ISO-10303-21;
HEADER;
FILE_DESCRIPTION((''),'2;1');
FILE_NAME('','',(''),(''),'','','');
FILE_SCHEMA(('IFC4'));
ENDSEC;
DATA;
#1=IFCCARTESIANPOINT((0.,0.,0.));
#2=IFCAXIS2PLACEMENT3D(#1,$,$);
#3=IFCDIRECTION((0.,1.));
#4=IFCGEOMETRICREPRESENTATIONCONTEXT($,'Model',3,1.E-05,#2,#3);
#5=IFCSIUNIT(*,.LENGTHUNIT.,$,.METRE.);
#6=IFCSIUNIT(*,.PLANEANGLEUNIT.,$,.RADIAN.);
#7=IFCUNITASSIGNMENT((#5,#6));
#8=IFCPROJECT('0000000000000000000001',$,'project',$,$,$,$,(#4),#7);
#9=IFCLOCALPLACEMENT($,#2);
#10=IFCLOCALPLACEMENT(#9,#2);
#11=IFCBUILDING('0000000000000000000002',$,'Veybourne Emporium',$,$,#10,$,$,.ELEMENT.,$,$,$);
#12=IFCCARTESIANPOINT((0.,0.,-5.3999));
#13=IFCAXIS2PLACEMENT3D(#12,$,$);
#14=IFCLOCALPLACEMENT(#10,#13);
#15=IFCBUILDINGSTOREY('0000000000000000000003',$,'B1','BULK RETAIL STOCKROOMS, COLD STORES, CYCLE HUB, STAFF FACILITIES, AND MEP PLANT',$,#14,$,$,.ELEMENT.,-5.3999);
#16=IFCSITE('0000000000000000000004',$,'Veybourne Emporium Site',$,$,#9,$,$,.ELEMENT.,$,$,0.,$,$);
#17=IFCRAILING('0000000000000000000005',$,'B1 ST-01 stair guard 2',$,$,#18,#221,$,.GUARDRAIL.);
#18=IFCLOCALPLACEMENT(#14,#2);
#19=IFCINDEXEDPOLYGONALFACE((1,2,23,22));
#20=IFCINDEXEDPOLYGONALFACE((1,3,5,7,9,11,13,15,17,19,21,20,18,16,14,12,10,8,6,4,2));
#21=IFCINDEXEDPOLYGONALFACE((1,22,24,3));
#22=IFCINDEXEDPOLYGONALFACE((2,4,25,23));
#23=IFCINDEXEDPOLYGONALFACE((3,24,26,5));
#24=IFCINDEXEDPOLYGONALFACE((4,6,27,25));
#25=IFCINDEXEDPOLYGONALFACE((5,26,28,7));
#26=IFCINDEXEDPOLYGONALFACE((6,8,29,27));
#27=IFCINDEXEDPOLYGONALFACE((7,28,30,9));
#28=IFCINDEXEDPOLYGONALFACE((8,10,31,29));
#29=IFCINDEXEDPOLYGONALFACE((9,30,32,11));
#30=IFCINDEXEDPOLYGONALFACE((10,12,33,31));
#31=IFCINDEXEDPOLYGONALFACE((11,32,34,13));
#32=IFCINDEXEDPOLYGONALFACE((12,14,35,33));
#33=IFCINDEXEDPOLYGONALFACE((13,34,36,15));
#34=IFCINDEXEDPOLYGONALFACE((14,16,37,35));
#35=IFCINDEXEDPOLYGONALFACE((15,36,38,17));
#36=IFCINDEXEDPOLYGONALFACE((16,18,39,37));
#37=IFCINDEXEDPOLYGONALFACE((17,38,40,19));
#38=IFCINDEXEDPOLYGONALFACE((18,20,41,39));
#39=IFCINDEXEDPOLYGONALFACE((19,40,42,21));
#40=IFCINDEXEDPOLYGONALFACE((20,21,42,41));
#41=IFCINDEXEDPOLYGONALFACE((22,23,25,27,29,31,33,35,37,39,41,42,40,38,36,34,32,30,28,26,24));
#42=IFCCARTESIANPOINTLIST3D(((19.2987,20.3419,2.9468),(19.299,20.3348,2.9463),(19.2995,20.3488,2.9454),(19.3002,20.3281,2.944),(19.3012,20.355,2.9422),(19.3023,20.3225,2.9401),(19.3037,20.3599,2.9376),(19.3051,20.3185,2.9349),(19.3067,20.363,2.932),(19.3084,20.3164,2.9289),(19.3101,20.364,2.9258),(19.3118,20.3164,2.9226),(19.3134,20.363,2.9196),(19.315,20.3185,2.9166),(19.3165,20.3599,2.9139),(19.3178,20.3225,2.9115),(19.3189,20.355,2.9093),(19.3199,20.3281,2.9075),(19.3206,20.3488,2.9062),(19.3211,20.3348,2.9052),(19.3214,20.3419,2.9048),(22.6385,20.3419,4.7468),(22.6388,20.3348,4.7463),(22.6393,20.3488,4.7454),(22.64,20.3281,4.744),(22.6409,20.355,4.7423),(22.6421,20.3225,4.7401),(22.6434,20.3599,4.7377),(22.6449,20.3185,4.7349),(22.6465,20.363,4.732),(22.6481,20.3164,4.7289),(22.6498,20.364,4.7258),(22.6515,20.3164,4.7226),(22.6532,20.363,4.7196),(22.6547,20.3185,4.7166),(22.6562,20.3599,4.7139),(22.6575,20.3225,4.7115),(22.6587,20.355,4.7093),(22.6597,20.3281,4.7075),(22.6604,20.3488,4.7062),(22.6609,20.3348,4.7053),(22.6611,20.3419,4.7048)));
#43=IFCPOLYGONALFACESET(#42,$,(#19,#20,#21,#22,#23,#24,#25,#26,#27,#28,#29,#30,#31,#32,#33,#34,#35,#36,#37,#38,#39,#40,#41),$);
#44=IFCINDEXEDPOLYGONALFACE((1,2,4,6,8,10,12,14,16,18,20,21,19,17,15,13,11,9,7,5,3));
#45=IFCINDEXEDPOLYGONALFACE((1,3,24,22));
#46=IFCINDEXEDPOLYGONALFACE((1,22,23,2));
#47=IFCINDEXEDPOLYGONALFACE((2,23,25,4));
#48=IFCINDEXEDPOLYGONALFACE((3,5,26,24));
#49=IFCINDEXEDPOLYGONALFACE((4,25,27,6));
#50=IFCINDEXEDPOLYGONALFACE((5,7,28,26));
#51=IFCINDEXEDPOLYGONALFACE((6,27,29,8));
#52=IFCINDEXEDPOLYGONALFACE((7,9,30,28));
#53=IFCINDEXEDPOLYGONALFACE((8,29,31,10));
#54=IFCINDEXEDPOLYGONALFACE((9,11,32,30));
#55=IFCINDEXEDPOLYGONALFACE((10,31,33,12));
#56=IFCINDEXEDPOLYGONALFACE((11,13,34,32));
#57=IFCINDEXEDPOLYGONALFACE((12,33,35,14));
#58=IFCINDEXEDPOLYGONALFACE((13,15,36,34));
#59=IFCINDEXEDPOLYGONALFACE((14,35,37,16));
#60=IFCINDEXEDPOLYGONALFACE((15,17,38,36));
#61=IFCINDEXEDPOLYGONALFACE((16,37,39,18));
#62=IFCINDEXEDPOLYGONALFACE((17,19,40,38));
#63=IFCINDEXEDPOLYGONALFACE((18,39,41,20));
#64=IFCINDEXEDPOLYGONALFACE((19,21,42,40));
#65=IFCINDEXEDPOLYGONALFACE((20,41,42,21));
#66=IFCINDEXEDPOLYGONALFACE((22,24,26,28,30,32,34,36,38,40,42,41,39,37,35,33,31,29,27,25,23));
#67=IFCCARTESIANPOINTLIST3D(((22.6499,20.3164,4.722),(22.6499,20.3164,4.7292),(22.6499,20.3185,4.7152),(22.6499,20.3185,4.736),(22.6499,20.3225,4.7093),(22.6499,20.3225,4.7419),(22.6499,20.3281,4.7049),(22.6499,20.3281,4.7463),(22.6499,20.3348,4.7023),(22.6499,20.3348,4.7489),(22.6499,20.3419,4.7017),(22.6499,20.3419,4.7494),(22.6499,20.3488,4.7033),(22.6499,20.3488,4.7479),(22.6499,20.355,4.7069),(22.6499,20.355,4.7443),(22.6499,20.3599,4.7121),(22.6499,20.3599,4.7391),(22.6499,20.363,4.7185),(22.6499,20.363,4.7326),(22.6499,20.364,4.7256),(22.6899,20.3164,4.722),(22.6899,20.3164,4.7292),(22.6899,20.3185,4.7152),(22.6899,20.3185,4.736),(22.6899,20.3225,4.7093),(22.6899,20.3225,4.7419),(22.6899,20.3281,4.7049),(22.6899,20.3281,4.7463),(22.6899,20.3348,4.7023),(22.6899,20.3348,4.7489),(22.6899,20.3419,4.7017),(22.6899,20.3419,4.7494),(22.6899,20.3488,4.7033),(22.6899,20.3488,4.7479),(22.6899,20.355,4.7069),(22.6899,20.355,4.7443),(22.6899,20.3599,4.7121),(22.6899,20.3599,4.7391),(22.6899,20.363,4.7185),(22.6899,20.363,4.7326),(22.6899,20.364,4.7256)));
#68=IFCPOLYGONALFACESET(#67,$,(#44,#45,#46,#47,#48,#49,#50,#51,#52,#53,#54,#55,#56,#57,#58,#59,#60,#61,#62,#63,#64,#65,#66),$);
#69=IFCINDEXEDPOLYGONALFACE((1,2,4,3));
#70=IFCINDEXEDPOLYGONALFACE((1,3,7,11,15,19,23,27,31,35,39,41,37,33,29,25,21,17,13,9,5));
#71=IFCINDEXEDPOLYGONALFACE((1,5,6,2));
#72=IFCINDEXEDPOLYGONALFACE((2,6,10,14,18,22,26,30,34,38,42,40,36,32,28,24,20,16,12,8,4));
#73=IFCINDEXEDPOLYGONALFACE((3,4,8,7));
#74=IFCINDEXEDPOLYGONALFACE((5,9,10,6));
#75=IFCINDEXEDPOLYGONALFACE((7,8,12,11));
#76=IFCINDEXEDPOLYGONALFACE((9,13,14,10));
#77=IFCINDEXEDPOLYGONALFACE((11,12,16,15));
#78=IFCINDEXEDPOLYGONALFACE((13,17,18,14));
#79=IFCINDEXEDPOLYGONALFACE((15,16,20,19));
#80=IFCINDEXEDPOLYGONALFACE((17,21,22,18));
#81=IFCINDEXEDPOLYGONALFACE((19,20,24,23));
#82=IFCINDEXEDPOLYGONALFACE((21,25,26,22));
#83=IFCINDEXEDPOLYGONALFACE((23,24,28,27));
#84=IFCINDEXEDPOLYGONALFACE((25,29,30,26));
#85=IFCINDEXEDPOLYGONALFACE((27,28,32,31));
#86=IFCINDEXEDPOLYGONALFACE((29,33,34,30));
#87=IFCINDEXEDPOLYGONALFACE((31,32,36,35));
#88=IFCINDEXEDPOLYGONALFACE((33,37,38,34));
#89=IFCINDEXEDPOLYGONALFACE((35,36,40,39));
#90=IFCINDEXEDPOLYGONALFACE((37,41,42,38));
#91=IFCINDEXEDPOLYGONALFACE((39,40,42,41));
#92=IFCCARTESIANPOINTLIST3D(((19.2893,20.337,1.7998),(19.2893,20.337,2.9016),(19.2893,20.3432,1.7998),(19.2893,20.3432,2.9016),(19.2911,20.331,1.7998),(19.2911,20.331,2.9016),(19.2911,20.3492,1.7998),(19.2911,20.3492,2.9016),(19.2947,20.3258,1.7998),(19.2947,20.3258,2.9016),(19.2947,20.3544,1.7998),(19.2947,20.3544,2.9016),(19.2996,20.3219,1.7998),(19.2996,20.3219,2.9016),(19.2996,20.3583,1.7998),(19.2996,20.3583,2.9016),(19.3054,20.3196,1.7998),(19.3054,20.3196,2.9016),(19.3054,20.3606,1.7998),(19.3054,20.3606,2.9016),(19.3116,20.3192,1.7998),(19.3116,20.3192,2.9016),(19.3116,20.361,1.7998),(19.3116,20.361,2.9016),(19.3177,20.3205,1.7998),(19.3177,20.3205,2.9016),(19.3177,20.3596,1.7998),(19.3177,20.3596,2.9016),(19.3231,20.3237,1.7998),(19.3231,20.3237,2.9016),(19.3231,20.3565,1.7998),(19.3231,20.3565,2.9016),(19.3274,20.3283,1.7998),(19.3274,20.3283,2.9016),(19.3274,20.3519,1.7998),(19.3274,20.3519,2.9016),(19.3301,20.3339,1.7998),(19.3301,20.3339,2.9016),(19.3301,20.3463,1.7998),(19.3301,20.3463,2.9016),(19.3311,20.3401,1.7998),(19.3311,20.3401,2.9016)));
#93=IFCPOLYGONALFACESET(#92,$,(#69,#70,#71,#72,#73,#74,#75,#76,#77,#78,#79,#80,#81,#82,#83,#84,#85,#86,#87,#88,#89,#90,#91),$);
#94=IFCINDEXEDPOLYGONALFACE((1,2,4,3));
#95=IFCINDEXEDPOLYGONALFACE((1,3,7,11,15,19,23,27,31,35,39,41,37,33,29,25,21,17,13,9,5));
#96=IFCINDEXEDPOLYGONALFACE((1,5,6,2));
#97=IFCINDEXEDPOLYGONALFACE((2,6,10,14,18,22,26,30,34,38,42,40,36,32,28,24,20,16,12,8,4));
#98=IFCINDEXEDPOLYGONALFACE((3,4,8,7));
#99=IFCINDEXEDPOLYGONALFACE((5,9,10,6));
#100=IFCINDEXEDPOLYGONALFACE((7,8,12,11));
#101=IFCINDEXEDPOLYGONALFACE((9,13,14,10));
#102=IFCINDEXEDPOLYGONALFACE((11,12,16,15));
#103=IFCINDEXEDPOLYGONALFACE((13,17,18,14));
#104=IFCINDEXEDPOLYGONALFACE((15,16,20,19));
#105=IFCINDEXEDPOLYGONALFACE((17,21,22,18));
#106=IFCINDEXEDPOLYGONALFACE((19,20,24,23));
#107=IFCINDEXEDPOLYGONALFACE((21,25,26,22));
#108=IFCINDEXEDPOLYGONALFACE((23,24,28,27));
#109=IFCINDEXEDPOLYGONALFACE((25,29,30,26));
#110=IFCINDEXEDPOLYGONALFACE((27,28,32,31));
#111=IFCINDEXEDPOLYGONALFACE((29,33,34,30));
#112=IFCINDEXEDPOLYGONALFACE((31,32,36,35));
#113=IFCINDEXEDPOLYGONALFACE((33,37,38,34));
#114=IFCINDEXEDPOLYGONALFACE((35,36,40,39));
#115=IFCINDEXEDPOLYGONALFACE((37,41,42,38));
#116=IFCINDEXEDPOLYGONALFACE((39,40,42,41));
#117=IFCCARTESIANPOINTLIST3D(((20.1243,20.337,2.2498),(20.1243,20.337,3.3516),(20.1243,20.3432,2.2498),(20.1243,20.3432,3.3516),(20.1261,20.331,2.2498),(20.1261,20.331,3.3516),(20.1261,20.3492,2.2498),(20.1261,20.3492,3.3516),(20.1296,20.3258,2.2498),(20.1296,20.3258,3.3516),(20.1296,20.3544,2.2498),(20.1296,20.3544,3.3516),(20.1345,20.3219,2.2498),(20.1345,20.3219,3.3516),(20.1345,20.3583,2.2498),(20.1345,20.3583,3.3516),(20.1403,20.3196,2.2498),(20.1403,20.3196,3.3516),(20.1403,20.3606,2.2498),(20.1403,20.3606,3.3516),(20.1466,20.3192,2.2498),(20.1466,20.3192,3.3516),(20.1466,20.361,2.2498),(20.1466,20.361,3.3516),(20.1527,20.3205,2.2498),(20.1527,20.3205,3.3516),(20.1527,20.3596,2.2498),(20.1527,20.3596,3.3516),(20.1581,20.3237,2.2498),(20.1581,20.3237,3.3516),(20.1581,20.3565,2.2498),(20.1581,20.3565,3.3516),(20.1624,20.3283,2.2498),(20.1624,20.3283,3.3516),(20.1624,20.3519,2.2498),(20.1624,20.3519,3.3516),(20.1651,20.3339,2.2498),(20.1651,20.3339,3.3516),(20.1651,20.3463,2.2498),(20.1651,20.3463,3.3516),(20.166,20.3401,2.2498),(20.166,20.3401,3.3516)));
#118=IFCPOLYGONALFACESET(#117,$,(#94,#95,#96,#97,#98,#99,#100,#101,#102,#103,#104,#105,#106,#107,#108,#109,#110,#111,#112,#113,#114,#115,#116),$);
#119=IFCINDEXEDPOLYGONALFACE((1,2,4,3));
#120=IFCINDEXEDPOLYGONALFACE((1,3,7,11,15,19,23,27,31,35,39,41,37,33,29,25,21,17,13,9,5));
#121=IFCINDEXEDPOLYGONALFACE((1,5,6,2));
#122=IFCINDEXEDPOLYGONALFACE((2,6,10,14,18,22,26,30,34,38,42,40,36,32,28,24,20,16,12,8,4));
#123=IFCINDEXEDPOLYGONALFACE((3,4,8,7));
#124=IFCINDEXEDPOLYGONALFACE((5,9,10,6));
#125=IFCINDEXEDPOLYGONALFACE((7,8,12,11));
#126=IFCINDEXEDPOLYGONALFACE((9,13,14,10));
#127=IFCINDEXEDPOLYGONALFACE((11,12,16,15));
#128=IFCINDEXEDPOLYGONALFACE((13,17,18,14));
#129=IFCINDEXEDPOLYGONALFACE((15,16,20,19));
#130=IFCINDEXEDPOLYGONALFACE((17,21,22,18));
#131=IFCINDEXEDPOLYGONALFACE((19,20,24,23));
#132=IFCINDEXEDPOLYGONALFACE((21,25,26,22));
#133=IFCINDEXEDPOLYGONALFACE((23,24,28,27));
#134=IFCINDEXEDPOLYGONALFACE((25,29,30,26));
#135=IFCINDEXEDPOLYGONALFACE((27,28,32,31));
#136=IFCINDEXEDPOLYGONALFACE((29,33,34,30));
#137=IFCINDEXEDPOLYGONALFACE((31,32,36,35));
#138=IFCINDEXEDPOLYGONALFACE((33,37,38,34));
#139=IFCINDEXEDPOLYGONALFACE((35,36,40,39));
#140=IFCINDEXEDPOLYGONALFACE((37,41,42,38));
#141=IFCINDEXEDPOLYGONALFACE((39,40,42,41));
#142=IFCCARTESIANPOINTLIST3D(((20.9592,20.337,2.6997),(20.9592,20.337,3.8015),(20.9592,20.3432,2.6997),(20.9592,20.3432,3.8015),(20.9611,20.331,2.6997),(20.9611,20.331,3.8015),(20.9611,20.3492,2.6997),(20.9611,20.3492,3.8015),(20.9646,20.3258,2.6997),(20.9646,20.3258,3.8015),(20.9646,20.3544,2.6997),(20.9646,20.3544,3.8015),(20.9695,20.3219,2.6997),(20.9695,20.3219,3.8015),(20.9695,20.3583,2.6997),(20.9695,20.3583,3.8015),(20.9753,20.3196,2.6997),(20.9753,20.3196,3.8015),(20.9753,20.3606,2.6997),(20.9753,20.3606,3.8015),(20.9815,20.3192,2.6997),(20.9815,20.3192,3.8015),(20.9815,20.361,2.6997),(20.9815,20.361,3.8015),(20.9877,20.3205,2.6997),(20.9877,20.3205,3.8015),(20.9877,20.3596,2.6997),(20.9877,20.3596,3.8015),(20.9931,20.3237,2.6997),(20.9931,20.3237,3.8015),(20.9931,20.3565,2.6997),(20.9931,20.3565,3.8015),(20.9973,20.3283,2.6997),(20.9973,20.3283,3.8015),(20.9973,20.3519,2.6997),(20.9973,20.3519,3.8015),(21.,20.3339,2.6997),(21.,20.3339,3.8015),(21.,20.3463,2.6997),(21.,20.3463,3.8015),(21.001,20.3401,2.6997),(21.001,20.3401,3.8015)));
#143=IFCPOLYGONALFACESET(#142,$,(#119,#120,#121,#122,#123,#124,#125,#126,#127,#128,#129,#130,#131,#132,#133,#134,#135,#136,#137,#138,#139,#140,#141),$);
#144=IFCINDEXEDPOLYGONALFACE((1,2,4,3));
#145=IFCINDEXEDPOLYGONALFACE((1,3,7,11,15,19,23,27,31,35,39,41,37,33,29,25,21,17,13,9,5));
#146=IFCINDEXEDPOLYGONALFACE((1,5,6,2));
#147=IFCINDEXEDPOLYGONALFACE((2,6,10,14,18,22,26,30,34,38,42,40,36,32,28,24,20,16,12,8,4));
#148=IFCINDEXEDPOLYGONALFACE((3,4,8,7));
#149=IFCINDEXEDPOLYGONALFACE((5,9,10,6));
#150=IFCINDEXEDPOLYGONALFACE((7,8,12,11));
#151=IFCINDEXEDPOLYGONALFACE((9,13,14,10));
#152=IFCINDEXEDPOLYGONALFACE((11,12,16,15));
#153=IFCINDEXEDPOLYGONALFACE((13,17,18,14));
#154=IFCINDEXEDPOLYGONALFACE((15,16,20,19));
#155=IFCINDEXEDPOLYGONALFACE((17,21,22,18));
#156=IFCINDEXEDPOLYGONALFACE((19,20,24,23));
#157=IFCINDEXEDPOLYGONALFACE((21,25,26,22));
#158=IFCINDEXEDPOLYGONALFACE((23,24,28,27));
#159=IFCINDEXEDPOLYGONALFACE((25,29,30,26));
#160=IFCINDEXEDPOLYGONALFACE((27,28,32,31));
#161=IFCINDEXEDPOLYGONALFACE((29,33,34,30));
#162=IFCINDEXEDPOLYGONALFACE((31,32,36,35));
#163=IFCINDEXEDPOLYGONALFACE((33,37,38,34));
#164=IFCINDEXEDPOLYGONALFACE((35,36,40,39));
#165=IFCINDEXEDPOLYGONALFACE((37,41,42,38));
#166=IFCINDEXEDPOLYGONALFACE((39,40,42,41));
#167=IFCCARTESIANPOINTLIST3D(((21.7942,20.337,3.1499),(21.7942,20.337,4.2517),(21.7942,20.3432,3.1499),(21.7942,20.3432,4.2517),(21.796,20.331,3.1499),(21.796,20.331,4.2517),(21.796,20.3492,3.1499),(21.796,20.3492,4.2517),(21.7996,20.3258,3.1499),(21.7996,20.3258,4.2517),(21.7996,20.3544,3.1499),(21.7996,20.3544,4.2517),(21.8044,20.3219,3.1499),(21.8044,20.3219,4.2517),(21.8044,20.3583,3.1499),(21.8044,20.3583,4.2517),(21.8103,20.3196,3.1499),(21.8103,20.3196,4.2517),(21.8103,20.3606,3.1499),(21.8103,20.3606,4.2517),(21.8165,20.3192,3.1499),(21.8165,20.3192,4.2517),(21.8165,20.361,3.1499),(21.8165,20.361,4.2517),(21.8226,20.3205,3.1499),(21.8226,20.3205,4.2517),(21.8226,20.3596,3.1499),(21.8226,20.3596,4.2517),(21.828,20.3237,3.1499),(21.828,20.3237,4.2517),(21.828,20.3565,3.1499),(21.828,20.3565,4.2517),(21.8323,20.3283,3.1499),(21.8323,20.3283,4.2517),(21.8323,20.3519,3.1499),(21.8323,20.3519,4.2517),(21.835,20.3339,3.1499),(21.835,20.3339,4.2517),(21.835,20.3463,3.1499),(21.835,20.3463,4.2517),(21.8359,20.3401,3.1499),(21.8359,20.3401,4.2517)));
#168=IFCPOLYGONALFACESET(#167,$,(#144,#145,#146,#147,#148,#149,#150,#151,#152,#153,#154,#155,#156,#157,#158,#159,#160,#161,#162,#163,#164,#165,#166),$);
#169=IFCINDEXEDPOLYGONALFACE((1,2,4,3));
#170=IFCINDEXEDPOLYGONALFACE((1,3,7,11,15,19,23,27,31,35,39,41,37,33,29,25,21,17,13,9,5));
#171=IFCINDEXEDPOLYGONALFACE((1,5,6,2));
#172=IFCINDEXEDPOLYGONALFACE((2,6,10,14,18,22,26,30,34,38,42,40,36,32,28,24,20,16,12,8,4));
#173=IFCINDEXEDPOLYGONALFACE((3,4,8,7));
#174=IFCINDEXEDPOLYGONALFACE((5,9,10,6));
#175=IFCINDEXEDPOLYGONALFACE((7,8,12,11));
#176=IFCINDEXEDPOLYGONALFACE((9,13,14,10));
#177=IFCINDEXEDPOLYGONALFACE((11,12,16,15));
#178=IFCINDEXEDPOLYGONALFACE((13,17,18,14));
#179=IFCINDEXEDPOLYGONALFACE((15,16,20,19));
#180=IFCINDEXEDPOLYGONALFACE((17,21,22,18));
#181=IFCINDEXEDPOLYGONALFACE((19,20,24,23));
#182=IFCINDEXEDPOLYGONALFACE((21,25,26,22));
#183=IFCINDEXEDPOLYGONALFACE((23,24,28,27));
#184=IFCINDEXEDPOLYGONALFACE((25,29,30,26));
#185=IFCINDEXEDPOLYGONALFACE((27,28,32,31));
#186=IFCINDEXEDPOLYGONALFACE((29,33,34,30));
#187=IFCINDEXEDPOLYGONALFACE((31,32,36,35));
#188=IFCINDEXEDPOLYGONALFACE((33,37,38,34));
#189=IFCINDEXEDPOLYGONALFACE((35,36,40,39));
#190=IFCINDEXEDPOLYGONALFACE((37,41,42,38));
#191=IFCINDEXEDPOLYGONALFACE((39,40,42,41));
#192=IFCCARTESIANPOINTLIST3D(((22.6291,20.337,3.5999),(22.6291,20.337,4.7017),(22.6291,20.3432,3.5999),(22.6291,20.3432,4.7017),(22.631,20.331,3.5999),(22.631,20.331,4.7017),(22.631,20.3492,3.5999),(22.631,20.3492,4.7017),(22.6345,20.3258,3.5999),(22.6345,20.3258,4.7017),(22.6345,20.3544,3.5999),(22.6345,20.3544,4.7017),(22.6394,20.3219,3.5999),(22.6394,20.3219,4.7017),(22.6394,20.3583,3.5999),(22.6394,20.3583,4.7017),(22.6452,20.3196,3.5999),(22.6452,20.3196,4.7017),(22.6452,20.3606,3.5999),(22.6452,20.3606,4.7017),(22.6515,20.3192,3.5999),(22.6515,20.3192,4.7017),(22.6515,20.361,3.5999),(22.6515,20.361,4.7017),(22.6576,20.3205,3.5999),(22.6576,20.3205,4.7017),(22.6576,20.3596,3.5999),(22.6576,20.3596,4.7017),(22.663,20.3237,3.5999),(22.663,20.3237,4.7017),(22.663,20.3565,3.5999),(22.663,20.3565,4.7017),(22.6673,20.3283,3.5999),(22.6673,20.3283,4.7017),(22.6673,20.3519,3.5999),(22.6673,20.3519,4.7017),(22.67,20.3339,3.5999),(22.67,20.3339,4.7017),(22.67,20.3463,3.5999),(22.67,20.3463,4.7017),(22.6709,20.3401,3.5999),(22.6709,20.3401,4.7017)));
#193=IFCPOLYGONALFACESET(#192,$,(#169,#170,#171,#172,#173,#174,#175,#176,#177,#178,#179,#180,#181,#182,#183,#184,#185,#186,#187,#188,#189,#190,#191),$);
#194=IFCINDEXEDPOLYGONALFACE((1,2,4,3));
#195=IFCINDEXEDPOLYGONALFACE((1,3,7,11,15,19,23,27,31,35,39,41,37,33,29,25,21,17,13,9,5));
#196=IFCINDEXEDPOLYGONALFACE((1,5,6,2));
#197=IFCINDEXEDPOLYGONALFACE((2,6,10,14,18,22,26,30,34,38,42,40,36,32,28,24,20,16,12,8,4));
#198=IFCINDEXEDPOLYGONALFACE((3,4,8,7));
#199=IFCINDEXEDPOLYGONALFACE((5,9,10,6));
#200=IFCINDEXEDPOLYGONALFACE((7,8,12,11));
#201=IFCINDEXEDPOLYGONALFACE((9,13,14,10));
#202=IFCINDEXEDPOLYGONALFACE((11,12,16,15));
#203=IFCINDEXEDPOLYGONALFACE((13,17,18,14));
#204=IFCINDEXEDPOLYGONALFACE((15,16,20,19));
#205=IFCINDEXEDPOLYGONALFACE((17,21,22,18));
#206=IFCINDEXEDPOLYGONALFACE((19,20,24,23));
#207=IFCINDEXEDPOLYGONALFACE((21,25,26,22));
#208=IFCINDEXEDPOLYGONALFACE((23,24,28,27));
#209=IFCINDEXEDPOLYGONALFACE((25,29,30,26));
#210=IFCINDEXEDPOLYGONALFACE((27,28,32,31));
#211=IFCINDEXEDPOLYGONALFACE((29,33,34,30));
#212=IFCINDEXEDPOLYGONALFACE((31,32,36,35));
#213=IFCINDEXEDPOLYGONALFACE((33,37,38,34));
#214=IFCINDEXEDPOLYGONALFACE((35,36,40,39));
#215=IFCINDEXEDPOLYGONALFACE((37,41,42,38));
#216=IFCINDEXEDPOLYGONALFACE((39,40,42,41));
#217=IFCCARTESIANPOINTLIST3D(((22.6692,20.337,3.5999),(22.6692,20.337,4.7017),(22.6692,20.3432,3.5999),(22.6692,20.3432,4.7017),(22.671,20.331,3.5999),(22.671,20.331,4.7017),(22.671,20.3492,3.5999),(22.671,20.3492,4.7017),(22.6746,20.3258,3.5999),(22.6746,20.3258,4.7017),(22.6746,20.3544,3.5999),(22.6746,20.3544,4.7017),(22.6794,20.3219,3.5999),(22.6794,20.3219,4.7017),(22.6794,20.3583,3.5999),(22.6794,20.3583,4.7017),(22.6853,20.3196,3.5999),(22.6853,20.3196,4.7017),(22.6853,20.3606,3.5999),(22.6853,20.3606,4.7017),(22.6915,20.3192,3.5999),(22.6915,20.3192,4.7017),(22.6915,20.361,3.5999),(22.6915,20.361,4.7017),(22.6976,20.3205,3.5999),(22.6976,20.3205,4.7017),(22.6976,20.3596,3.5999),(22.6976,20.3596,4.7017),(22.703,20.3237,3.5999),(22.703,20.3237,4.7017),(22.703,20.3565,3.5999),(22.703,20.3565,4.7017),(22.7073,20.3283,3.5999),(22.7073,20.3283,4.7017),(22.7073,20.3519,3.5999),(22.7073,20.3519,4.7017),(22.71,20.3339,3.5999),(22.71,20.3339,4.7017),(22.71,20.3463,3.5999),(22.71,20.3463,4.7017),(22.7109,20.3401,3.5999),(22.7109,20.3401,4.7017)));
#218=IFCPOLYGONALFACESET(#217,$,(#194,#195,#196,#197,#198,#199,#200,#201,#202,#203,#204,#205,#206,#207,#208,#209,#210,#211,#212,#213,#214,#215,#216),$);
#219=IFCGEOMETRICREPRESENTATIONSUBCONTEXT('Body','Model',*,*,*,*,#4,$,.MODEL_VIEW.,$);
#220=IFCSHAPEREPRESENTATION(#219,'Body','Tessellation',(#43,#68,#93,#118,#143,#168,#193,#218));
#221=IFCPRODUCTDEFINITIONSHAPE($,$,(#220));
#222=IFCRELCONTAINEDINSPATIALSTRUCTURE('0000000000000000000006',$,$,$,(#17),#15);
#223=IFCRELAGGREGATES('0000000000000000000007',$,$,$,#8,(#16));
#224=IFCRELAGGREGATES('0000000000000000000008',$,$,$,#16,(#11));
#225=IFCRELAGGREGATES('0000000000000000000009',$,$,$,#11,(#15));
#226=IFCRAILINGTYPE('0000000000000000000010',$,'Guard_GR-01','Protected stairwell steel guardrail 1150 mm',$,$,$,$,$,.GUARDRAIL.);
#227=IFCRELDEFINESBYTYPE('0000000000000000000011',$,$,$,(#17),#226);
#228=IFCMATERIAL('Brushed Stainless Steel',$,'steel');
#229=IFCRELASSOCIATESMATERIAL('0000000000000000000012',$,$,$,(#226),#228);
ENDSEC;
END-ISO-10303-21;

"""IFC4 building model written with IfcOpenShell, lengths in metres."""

from ifc_helpers import new_model, si_unit, direction, frame, origin, origin_2d, place, context, subcontext, project, spatial, circle, extrude, material, type_object, element, save


model = new_model("IFC4")

# Units and contexts
model_context = context("Model", 3, precision=1e-05, world=origin(), true_north=direction((0.0, 1.0)))
body_context = subcontext(model_context, "Body", "Model", "MODEL_VIEW")
ifc_project = project(units=[si_unit("LENGTHUNIT", "METRE"), si_unit("PLANEANGLEUNIT", "RADIAN")], contexts=[model_context])

# Site, building, storey
site_placement = place(None, origin())
site = spatial("IfcSite", under=ifc_project, at=site_placement, Name="Veybourne Emporium Site", CompositionType="ELEMENT", RefElevation=0.0)
building_placement = place(site_placement, origin())
building = spatial("IfcBuilding", under=site, at=building_placement, Name="Veybourne Emporium", CompositionType="ELEMENT")
storey_placement = place(building_placement, frame((0.0, 0.0, -5.3999)))
storey = spatial("IfcBuildingStorey", under=building, at=storey_placement, Name="B1", Description="BULK RETAIL STOCKROOMS, COLD STORES, CYCLE HUB, STAFF FACILITIES, AND MEP PLANT", CompositionType="ELEMENT", Elevation=-5.3999)

# Railing
ifc_material_1 = material(Name="Brushed Stainless Steel", Category="steel")
railing_type_1 = type_object("IfcRailingType", Name="Guard_GR-01", Description="Protected stairwell steel guardrail 1150 mm", PredefinedType="GUARDRAIL", material=ifc_material_1)
railing_1_placement = place(storey_placement, frame((19.3101, 20.3401, 1.7998)))
element("IfcRailing", 1, at=railing_1_placement, inside=storey, type_object=railing_type_1, Name="B1 ST-01 stair guard 2", PredefinedType="GUARDRAIL", context=body_context, shape_type="SweptSolid", body=[
    extrude(circle(Radius=0.0239, at=origin_2d()), frame((0.0, 0.0, 1.126), z_axis=(0.880287, 0.0, 0.474441), x_axis=(0.0, 1.0, 0.0)), (0.0, 0.0, 1.0), 3.7939),
    extrude(circle(Radius=0.0239, at=origin_2d()), frame((3.3398, 0.0, 2.9258), z_axis=(1.0, 0.0, 0.0), x_axis=(0.0, 1.0, 0.0)), (0.0, 0.0, 1.0), 0.04),
    extrude(circle(Radius=0.021, at=origin_2d()), origin(), (0.0, 0.0, 1.0), 1.1018),
    extrude(circle(Radius=0.021, at=origin_2d()), frame((0.835, 0.0, 0.45)), (0.0, 0.0, 1.0), 1.1018),
    extrude(circle(Radius=0.021, at=origin_2d()), frame((1.6699, 0.0, 0.8999)), (0.0, 0.0, 1.0), 1.1018),
    extrude(circle(Radius=0.021, at=origin_2d()), frame((2.5049, 0.0, 1.3501)), (0.0, 0.0, 1.0), 1.1018),
    extrude(circle(Radius=0.021, at=origin_2d()), frame((3.3398, 0.0, 1.8)), (0.0, 0.0, 1.0), 1.1018),
    extrude(circle(Radius=0.021, at=origin_2d()), frame((3.3799, 0.0, 1.8)), (0.0, 0.0, 1.0), 1.1018),
])

save(model, "model.ifc")
